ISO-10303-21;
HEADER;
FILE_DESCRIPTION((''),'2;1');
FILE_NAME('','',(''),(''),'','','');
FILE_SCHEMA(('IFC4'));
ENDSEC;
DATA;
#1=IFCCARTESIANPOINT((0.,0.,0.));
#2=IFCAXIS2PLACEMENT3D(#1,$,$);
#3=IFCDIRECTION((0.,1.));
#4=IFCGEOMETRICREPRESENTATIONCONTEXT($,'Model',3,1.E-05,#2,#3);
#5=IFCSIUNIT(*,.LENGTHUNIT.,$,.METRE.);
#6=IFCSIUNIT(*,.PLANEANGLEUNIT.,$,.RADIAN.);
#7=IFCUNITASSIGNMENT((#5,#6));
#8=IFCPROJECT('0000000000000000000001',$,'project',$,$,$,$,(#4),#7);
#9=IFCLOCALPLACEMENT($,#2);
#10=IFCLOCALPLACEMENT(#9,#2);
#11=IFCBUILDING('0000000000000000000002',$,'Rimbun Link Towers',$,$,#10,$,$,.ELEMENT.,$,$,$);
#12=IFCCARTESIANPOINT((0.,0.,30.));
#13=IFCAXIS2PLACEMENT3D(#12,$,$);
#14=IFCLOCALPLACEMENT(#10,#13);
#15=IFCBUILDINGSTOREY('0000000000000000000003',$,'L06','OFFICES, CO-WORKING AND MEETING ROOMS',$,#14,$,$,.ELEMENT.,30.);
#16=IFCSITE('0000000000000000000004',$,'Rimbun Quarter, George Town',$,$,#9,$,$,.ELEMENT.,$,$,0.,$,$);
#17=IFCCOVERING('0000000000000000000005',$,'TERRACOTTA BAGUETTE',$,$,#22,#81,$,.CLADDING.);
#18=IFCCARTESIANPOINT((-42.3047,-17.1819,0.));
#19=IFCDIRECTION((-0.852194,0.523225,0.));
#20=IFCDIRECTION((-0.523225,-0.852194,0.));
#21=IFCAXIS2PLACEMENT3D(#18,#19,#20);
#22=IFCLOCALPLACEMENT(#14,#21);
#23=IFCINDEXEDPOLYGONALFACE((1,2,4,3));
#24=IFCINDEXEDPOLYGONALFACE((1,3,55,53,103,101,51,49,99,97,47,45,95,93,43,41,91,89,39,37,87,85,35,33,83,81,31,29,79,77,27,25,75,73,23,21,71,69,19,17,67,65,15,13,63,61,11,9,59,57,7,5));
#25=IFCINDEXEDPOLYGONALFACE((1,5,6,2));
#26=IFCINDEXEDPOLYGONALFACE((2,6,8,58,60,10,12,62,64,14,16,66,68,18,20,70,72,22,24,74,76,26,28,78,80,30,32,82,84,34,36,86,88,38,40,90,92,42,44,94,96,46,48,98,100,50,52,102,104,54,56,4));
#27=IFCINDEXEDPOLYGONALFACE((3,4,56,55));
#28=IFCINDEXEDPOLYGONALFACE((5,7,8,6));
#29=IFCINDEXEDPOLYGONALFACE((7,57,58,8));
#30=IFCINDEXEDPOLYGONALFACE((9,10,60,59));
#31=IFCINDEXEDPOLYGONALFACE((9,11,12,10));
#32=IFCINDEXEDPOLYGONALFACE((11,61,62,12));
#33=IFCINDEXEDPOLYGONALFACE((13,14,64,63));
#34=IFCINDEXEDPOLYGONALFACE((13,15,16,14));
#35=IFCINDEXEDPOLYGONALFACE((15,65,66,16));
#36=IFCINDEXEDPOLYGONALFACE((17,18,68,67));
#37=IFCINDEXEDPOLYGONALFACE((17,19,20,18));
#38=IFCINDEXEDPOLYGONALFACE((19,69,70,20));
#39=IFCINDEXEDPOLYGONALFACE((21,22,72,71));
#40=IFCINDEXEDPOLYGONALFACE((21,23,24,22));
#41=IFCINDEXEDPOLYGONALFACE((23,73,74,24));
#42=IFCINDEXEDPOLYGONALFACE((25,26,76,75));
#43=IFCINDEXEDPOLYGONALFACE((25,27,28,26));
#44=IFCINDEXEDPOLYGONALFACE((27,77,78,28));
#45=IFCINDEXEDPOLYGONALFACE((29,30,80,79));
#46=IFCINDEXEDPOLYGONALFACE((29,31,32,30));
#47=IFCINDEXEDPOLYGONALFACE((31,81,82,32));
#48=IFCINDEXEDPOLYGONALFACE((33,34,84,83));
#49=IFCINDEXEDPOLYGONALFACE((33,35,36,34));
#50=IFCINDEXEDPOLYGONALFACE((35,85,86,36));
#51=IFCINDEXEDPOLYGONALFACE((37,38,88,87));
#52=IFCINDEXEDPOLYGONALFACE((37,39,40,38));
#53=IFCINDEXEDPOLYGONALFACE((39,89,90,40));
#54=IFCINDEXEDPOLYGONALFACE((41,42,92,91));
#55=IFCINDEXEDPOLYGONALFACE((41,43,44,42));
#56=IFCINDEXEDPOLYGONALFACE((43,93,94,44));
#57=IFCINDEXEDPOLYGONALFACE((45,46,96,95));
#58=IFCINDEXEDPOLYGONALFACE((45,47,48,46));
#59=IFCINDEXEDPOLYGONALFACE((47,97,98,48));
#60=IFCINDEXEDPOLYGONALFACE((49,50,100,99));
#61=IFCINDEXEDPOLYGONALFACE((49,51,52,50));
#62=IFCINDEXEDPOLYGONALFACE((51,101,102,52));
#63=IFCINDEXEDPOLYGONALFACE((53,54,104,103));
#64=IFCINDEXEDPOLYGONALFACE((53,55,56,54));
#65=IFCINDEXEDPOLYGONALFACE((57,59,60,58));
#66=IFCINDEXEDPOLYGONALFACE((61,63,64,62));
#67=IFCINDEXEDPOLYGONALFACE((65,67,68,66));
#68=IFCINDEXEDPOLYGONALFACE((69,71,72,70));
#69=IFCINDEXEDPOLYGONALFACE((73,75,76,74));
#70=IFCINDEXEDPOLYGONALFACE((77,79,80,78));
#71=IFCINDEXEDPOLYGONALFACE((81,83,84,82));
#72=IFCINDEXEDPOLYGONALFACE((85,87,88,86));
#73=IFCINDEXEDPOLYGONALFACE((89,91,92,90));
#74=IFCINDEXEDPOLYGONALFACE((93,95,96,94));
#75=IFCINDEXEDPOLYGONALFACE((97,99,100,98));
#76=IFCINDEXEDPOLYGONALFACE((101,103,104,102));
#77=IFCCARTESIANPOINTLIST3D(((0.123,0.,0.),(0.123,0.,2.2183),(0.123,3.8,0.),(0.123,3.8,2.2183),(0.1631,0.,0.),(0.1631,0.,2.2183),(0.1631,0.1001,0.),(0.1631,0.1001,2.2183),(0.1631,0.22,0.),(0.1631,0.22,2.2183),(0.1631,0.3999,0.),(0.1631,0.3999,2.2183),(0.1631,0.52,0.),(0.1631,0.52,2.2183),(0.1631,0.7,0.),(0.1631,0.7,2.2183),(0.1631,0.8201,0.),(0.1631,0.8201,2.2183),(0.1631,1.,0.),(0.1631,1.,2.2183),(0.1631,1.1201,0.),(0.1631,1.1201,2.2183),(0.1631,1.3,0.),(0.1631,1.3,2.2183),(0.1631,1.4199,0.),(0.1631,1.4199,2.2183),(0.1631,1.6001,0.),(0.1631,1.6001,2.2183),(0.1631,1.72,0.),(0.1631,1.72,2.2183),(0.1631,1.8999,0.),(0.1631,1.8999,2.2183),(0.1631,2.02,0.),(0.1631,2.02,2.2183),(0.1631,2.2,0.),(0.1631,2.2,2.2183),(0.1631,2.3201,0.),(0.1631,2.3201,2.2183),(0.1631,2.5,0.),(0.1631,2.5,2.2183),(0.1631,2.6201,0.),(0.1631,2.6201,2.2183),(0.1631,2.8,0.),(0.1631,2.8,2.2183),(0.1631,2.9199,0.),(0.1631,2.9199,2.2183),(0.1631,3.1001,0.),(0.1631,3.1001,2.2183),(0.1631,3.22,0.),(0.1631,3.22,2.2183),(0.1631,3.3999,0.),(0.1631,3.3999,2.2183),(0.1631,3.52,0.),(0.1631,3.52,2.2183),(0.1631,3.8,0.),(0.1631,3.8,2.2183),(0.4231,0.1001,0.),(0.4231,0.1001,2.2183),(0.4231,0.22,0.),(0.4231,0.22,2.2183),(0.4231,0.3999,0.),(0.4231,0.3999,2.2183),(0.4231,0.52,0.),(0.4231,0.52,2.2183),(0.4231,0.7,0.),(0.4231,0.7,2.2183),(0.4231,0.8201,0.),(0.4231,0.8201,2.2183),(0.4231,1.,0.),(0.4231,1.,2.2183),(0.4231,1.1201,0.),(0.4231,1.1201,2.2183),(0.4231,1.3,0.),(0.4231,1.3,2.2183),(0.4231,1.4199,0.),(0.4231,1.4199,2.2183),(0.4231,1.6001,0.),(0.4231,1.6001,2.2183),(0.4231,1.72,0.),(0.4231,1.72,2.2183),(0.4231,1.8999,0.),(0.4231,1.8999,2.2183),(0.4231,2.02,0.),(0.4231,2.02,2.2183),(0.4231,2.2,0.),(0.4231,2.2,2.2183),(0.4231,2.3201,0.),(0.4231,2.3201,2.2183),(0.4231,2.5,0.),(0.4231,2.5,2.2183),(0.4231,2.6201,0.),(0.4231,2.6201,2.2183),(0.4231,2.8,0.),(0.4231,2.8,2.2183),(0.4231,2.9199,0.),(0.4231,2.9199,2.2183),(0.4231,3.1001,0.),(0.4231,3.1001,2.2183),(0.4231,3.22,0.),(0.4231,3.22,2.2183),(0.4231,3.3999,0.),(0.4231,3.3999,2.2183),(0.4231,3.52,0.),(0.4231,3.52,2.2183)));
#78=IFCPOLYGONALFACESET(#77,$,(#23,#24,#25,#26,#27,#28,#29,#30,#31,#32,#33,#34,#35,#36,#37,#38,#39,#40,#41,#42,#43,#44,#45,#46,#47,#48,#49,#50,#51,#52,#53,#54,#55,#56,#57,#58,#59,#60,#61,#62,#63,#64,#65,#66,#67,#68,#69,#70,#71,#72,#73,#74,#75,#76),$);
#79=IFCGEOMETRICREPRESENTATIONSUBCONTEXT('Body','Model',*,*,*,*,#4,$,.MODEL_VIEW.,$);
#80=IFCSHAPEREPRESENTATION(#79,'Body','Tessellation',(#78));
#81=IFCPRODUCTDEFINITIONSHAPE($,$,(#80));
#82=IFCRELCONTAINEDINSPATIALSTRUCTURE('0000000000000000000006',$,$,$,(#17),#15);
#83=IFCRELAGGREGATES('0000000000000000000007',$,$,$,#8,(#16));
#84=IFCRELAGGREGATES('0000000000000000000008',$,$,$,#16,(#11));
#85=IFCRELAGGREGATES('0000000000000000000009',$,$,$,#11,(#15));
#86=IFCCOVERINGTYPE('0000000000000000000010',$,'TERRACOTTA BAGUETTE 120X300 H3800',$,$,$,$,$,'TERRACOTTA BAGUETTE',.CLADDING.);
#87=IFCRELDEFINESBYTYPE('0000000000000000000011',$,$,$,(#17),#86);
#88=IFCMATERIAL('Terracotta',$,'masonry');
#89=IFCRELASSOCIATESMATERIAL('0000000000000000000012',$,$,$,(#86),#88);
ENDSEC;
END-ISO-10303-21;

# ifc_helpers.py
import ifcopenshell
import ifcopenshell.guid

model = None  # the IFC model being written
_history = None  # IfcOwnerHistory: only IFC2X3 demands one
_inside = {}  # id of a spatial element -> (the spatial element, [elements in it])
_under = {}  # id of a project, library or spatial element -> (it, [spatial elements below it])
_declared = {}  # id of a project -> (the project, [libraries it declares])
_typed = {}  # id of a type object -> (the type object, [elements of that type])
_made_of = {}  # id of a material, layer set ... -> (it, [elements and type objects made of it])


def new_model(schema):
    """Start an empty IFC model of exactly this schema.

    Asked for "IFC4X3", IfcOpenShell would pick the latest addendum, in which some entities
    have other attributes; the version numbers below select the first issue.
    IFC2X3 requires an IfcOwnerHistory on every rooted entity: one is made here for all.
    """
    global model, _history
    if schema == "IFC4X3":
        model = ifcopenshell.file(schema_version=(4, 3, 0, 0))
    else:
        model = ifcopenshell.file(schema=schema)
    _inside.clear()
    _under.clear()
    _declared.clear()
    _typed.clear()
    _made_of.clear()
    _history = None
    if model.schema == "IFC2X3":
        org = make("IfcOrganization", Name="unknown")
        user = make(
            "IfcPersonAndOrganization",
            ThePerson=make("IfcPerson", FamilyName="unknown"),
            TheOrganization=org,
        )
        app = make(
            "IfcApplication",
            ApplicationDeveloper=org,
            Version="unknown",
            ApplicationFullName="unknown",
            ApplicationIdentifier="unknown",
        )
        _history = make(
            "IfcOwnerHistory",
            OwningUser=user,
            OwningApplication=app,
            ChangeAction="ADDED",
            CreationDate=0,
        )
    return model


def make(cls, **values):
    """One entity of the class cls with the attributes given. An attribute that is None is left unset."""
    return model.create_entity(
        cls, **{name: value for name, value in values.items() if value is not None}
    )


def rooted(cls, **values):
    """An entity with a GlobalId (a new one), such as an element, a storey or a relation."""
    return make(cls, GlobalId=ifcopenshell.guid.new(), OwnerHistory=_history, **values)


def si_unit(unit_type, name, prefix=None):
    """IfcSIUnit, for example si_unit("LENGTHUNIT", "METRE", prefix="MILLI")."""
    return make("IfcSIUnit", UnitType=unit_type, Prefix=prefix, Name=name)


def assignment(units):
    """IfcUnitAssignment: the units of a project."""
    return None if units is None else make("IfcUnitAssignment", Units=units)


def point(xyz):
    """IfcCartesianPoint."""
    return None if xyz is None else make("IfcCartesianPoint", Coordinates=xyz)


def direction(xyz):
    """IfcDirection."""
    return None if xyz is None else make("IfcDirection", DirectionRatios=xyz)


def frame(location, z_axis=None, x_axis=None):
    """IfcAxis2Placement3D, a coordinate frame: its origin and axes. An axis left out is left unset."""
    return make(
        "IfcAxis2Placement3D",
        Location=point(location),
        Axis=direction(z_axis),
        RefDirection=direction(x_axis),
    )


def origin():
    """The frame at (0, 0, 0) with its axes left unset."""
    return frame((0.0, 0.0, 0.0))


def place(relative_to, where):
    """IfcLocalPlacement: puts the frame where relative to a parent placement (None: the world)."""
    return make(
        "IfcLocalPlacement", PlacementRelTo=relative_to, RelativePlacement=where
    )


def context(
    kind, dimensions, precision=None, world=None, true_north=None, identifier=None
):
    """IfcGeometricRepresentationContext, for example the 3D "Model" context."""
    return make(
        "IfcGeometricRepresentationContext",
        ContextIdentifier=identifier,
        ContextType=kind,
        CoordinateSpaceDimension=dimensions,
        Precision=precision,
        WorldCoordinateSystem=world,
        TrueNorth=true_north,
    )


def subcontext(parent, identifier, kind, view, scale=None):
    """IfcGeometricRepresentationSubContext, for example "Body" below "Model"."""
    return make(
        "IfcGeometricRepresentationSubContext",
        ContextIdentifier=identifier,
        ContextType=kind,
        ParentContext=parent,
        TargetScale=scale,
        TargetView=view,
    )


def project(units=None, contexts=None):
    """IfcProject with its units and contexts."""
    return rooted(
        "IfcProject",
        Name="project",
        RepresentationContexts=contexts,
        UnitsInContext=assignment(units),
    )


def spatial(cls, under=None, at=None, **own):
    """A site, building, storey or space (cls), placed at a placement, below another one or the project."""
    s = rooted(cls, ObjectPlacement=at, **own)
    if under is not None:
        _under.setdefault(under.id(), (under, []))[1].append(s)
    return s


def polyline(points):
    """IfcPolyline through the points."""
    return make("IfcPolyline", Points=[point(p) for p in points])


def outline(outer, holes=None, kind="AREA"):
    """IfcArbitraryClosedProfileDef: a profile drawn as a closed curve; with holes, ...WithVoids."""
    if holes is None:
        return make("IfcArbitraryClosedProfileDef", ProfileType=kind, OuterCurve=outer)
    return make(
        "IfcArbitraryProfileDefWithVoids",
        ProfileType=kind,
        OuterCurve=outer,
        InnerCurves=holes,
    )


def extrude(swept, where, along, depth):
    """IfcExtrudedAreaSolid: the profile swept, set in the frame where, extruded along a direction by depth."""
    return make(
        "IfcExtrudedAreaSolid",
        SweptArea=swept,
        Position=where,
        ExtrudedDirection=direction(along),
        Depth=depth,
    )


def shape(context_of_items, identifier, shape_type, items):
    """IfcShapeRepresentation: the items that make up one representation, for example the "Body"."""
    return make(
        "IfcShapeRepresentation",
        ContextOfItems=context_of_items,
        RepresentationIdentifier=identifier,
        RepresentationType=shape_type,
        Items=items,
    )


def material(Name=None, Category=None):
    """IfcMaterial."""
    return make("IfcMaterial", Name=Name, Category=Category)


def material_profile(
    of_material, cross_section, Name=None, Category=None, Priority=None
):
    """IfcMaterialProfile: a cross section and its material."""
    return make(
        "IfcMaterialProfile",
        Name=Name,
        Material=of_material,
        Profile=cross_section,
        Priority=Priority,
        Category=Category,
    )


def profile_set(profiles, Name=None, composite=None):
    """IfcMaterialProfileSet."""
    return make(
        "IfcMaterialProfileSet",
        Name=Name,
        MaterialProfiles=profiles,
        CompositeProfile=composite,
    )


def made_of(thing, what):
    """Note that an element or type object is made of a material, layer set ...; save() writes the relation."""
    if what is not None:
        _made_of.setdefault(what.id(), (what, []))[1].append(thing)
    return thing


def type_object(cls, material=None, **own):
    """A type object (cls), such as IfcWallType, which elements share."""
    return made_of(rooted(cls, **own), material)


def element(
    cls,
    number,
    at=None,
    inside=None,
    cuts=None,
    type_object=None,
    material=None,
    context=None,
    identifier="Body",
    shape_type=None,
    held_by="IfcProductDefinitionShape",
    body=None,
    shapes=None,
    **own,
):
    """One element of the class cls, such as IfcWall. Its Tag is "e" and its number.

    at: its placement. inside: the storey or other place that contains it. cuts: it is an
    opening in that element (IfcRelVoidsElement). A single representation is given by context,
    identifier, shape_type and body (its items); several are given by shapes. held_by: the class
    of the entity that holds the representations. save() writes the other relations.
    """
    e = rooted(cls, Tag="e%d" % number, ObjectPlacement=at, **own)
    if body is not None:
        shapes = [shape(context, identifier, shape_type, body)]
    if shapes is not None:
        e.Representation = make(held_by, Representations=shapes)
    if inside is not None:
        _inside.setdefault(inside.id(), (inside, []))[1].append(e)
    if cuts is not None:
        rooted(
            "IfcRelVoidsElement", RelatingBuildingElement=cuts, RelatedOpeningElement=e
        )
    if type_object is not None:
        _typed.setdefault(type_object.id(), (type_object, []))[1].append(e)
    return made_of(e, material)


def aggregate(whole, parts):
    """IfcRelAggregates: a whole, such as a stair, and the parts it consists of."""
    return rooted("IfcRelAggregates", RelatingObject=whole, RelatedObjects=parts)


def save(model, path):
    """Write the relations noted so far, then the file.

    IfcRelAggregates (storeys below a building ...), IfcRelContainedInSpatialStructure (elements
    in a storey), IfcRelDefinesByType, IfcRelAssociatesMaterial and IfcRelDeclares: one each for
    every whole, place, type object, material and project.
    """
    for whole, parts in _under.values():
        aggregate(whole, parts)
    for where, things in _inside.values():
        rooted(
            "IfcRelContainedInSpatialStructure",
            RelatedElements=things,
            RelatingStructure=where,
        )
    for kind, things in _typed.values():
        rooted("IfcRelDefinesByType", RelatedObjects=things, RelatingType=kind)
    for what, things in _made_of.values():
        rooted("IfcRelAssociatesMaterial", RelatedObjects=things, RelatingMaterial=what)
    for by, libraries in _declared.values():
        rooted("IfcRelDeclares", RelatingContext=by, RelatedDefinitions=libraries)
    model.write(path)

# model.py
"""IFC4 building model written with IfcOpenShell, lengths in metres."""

from ifc_helpers import new_model, si_unit, direction, frame, origin, place, context, subcontext, project, spatial, polyline, outline, extrude, material, material_profile, profile_set, type_object, element, save


model = new_model("IFC4")

# Units and contexts
model_context = context("Model", 3, precision=1e-05, world=origin(), true_north=direction((0.0, 1.0)))
body_context = subcontext(model_context, "Body", "Model", "MODEL_VIEW")
ifc_project = project(units=[si_unit("LENGTHUNIT", "METRE"), si_unit("PLANEANGLEUNIT", "RADIAN")], contexts=[model_context])

# Site, building, storey
site_placement = place(None, origin())
site = spatial("IfcSite", under=ifc_project, at=site_placement, Name="Rimbun Quarter, George Town", CompositionType="ELEMENT", RefElevation=0.0)
building_placement = place(site_placement, origin())
building = spatial("IfcBuilding", under=site, at=building_placement, Name="Rimbun Link Towers", CompositionType="ELEMENT")
storey_placement = place(building_placement, frame((0.0, 0.0, 30.0)))
storey = spatial("IfcBuildingStorey", under=building, at=storey_placement, Name="L06", Description="OFFICES, CO-WORKING AND MEETING ROOMS", CompositionType="ELEMENT", Elevation=30.0)

# Covering
ifc_material_1 = material(Name="Terracotta", Category="masonry")
ifc_material_profile_1 = material_profile(ifc_material_1, outline(polyline([(0.123, 0.0), (0.1631, 0.0), (0.1631, 0.1001), (0.4231, 0.1001), (0.4231, 0.22), (0.1631, 0.22), (0.1631, 0.3999), (0.4231, 0.3999), (0.4231, 0.52), (0.1631, 0.52), (0.1631, 0.7), (0.4231, 0.7), (0.4231, 0.8201), (0.1631, 0.8201), (0.1631, 1.0), (0.4231, 1.0), (0.4231, 1.1201), (0.1631, 1.1201), (0.1631, 1.3), (0.4231, 1.3), (0.4231, 1.4199), (0.1631, 1.4199), (0.1631, 1.6001), (0.4231, 1.6001), (0.4231, 1.72), (0.1631, 1.72), (0.1631, 1.8999), (0.4231, 1.8999), (0.4231, 2.02), (0.1631, 2.02), (0.1631, 2.2), (0.4231, 2.2), (0.4231, 2.3201), (0.1631, 2.3201), (0.1631, 2.5), (0.4231, 2.5), (0.4231, 2.6201), (0.1631, 2.6201), (0.1631, 2.8), (0.4231, 2.8), (0.4231, 2.9199), (0.1631, 2.9199), (0.1631, 3.1001), (0.4231, 3.1001), (0.4231, 3.22), (0.1631, 3.22), (0.1631, 3.3999), (0.4231, 3.3999), (0.4231, 3.52), (0.1631, 3.52), (0.1631, 3.8), (0.123, 3.8), (0.123, 0.0)])), Name="BAGUETTE 120X300")
ifc_profile_set_1 = profile_set([ifc_material_profile_1], Name="Terracotta")
covering_type = type_object("IfcCoveringType", Name="TERRACOTTA BAGUETTE 120X300 H3800", ElementType="TERRACOTTA BAGUETTE", PredefinedType="CLADDING", material=ifc_profile_set_1)
covering_placement = place(storey_placement, frame((-42.3047, -17.1819, 0.0), z_axis=(-0.852194, 0.523225, 0.0), x_axis=(-0.523225, -0.852194, 0.0)))
element("IfcCovering", 1, at=covering_placement, inside=storey, type_object=covering_type, Name="TERRACOTTA BAGUETTE", PredefinedType="CLADDING", context=body_context, shape_type="SweptSolid", body=[
    extrude(outline(polyline([(0.123, 0.0), (0.1631, 0.0), (0.1631, 0.1001), (0.4231, 0.1001), (0.4231, 0.22), (0.1631, 0.22), (0.1631, 0.3999), (0.4231, 0.3999), (0.4231, 0.52), (0.1631, 0.52), (0.1631, 0.7), (0.4231, 0.7), (0.4231, 0.8201), (0.1631, 0.8201), (0.1631, 1.0), (0.4231, 1.0), (0.4231, 1.1201), (0.1631, 1.1201), (0.1631, 1.3), (0.4231, 1.3), (0.4231, 1.4199), (0.1631, 1.4199), (0.1631, 1.6001), (0.4231, 1.6001), (0.4231, 1.72), (0.1631, 1.72), (0.1631, 1.8999), (0.4231, 1.8999), (0.4231, 2.02), (0.1631, 2.02), (0.1631, 2.2), (0.4231, 2.2), (0.4231, 2.3201), (0.1631, 2.3201), (0.1631, 2.5), (0.4231, 2.5), (0.4231, 2.6201), (0.1631, 2.6201), (0.1631, 2.8), (0.4231, 2.8), (0.4231, 2.9199), (0.1631, 2.9199), (0.1631, 3.1001), (0.4231, 3.1001), (0.4231, 3.22), (0.1631, 3.22), (0.1631, 3.3999), (0.4231, 3.3999), (0.4231, 3.52), (0.1631, 3.52), (0.1631, 3.8), (0.123, 3.8), (0.123, 0.0)])), origin(), (0.0, 0.0, 1.0), 2.2183),
])

save(model, "model.ifc")
